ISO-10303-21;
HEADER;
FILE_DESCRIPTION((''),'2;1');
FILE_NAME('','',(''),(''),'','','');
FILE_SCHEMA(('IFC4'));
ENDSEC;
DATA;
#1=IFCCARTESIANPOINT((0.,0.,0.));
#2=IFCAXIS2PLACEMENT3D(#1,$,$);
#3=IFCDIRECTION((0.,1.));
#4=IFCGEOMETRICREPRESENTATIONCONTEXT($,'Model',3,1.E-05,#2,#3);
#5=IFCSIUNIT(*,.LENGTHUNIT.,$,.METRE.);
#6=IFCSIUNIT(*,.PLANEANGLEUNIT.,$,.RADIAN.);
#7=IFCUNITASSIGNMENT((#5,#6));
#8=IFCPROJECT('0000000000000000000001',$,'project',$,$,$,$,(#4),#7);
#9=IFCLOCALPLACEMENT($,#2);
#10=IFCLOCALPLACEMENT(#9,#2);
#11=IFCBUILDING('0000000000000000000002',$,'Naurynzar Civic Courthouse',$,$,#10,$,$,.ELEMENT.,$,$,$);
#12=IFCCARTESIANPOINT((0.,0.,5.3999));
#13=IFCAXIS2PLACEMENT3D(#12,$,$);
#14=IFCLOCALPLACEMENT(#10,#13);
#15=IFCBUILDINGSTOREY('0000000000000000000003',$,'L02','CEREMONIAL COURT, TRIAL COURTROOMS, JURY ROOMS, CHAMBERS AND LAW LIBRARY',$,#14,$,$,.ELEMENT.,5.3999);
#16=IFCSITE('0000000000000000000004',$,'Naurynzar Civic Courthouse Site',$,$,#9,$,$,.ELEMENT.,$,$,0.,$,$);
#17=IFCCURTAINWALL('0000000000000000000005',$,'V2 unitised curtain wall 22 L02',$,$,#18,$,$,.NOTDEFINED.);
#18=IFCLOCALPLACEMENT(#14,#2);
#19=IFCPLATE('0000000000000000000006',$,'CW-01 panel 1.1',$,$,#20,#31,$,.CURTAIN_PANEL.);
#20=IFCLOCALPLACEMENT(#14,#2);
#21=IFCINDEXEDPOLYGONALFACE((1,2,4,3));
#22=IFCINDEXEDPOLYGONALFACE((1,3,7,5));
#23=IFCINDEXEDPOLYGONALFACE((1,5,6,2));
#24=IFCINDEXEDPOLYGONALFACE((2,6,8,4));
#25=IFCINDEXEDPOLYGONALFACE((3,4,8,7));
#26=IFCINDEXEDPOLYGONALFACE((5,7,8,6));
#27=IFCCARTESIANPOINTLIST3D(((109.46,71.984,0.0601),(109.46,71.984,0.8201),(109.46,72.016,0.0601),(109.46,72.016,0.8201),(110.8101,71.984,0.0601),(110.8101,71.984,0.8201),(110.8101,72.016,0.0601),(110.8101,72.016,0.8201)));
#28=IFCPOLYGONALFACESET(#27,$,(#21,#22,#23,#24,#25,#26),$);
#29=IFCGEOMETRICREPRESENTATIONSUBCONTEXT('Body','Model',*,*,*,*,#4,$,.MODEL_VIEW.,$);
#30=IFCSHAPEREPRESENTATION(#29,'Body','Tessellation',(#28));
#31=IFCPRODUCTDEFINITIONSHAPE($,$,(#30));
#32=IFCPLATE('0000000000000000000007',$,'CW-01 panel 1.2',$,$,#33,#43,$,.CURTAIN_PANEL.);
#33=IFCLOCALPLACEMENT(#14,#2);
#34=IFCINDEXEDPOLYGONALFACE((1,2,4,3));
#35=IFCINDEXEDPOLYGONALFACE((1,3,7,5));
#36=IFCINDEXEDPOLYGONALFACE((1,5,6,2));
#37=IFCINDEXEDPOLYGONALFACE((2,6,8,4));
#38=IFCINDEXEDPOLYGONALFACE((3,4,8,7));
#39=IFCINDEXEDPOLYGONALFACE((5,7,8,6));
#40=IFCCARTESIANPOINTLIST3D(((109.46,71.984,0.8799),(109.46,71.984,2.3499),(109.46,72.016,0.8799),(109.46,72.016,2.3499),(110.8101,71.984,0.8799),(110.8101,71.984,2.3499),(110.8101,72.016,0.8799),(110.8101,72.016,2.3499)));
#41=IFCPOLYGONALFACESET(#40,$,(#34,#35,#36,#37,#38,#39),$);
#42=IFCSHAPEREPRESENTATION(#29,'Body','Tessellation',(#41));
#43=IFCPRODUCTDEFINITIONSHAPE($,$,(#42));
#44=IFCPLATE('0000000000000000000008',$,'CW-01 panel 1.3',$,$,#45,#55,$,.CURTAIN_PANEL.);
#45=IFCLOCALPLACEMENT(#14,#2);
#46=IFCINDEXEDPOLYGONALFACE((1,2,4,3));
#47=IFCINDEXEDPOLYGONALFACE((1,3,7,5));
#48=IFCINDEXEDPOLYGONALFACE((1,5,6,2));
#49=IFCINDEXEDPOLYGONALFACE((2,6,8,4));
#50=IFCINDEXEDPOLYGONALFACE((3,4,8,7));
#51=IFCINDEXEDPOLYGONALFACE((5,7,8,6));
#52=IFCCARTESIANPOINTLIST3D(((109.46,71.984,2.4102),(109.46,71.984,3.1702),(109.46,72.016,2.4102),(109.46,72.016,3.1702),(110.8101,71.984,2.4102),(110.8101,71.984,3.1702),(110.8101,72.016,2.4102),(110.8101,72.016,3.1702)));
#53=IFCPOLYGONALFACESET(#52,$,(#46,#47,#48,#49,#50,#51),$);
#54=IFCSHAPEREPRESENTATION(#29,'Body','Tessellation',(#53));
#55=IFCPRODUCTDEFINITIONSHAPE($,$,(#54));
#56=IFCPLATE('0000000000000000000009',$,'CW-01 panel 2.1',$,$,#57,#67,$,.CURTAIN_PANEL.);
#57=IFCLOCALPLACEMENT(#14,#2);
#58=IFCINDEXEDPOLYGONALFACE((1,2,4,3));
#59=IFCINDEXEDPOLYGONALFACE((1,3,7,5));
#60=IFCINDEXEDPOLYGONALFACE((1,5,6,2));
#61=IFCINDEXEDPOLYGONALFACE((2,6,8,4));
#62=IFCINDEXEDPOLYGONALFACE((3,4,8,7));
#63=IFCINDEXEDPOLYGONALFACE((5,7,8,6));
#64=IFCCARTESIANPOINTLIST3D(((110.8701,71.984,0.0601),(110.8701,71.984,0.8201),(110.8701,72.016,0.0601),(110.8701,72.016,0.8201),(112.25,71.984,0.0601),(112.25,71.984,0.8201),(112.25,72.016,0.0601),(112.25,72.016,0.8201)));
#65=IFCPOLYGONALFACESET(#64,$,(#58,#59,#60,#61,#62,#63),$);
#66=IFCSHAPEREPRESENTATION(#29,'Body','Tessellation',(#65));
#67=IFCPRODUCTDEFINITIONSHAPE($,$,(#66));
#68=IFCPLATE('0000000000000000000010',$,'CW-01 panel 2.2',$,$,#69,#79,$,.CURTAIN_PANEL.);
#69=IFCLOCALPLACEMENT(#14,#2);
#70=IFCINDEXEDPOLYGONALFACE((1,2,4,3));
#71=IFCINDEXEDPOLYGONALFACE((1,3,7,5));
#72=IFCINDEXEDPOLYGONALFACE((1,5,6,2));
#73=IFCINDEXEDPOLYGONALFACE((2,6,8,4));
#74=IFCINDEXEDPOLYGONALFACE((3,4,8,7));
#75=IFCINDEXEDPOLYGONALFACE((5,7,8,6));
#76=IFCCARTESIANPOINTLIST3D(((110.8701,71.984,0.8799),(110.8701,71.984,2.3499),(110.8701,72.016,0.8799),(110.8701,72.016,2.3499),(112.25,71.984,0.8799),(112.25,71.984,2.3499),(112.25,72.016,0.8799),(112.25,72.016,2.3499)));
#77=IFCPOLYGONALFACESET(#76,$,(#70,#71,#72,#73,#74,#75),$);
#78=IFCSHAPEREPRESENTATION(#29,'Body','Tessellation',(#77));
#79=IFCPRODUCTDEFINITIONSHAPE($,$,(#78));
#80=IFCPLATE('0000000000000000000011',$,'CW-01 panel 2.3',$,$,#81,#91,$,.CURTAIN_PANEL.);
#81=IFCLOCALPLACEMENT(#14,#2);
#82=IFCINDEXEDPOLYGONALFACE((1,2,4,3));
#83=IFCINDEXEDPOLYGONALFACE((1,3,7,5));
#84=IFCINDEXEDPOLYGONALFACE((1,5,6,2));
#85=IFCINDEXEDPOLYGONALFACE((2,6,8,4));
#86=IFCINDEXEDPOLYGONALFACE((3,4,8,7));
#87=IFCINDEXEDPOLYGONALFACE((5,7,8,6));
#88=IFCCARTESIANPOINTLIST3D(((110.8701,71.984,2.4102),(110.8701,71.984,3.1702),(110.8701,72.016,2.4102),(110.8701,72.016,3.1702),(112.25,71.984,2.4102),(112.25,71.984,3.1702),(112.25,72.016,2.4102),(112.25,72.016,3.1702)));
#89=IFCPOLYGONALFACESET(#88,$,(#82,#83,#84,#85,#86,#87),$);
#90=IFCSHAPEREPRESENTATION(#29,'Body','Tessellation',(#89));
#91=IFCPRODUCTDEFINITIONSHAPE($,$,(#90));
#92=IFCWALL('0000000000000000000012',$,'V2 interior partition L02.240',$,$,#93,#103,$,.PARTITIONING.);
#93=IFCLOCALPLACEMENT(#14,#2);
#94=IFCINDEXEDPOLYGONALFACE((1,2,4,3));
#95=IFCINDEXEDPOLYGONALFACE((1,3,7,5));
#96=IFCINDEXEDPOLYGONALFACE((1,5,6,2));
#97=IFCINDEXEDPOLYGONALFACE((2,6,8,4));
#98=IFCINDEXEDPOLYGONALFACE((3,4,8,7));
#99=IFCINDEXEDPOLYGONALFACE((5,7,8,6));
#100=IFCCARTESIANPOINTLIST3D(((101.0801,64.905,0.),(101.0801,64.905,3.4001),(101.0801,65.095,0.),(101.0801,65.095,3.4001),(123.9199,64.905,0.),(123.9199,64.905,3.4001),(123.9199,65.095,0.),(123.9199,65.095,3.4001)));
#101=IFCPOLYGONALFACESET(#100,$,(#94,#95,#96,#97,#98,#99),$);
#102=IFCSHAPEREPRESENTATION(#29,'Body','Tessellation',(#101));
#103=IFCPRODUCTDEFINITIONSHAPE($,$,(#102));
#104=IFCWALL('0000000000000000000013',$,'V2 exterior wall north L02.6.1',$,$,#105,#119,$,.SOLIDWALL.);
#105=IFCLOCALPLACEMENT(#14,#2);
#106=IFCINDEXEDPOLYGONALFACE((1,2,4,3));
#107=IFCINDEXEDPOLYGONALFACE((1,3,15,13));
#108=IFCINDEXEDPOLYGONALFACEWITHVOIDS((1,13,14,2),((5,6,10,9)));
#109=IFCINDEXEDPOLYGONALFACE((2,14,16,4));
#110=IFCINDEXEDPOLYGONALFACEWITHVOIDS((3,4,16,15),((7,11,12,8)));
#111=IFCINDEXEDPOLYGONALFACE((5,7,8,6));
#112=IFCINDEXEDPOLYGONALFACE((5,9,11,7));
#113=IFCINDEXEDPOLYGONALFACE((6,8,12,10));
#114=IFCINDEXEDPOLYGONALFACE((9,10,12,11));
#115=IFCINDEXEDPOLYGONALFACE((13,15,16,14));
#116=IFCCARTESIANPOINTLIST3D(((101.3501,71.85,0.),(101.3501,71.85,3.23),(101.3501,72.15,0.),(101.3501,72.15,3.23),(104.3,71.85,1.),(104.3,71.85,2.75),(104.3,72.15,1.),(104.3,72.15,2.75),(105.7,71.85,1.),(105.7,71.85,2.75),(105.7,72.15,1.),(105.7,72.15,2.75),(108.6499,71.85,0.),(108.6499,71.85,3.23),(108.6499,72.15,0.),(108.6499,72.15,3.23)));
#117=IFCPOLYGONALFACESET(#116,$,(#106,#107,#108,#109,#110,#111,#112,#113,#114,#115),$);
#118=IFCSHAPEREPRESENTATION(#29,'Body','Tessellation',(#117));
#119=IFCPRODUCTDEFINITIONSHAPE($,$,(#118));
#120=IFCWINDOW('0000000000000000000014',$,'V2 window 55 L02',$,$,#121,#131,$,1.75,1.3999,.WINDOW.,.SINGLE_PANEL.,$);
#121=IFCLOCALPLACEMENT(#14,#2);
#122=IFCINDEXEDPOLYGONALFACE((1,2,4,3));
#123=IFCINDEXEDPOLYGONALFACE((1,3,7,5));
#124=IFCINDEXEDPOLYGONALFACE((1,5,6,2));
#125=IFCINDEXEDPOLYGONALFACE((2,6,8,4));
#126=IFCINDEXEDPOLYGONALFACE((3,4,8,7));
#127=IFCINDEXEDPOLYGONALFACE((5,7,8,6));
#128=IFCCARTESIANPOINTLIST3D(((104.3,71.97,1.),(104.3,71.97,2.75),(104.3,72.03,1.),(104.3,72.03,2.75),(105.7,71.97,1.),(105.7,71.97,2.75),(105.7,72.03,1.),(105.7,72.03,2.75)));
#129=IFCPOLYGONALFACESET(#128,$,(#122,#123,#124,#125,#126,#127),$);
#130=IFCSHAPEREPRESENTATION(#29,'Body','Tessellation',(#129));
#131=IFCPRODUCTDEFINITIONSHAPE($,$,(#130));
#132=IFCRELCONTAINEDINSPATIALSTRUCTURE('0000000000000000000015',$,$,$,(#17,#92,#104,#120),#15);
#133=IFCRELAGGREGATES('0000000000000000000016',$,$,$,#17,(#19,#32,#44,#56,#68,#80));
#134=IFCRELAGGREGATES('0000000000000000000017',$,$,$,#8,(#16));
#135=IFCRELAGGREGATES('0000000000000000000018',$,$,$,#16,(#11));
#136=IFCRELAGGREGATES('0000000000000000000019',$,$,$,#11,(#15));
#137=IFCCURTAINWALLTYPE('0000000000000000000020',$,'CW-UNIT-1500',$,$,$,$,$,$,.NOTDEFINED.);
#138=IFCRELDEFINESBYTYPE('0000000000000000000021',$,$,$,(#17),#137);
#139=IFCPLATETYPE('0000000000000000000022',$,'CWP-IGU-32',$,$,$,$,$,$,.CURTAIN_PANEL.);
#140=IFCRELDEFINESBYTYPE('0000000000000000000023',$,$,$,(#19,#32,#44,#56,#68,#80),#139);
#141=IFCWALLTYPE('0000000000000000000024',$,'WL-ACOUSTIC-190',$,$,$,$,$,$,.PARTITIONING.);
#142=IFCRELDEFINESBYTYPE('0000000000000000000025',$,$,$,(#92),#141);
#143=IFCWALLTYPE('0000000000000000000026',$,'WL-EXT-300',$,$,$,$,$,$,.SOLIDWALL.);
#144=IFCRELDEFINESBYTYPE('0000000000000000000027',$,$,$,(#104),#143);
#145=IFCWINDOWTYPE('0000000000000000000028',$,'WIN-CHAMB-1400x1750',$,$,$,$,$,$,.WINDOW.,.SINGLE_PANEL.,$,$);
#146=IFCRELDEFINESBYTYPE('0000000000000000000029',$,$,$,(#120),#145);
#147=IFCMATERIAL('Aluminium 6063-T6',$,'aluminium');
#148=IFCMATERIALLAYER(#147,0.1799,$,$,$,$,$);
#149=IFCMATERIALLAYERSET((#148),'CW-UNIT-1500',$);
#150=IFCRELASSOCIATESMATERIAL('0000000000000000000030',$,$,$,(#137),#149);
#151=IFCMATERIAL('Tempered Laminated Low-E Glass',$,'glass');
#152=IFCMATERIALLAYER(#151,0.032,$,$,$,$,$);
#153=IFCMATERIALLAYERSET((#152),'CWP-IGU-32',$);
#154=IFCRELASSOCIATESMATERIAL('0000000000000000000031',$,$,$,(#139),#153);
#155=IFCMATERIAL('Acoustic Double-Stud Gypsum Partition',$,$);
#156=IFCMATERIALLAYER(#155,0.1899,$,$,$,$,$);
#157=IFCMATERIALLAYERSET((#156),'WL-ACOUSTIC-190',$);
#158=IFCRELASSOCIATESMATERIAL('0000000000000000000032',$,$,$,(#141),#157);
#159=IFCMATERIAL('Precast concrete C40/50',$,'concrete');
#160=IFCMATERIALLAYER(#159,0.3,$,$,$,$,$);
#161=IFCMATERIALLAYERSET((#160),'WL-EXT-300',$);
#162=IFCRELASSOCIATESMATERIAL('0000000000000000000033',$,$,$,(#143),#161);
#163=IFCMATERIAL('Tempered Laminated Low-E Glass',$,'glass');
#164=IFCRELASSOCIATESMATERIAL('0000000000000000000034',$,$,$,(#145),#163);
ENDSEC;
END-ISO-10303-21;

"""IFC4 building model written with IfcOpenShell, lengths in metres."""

from ifc_helpers import new_model, si_unit, direction, frame, frame_2d, origin, origin_2d, place, context, subcontext, project, spatial, rectangle, extrude, material, layer, layer_set, type_object, element, fill, aggregate, save


model = new_model("IFC4")

# Units and contexts
model_context = context("Model", 3, precision=1e-05, world=origin(), true_north=direction((0.0, 1.0)))
body_context = subcontext(model_context, "Body", "Model", "MODEL_VIEW")
ifc_project = project(units=[si_unit("LENGTHUNIT", "METRE"), si_unit("PLANEANGLEUNIT", "RADIAN")], contexts=[model_context])

# Site, building, storey
site_placement = place(None, origin())
site = spatial("IfcSite", under=ifc_project, at=site_placement, Name="Naurynzar Civic Courthouse Site", CompositionType="ELEMENT", RefElevation=0.0)
building_placement = place(site_placement, origin())
building = spatial("IfcBuilding", under=site, at=building_placement, Name="Naurynzar Civic Courthouse", CompositionType="ELEMENT")
storey_placement = place(building_placement, frame((0.0, 0.0, 5.3999)))
storey = spatial("IfcBuildingStorey", under=building, at=storey_placement, Name="L02", Description="CEREMONIAL COURT, TRIAL COURTROOMS, JURY ROOMS, CHAMBERS AND LAW LIBRARY", CompositionType="ELEMENT", Elevation=5.3999)

# Curtain wall, plates
ifc_material_1 = material(Name="Aluminium 6063-T6", Category="aluminium")
ifc_layer_1 = layer(ifc_material_1, 0.1799)
ifc_layer_set_1 = layer_set([ifc_layer_1], Name="CW-UNIT-1500")
curtain_wall_type = type_object("IfcCurtainWallType", Name="CW-UNIT-1500", PredefinedType="NOTDEFINED", material=ifc_layer_set_1)
curtain_wall_placement = place(storey_placement, origin())
curtain_wall = element("IfcCurtainWall", 1, at=curtain_wall_placement, inside=storey, type_object=curtain_wall_type, Name="V2 unitised curtain wall 22 L02", PredefinedType="NOTDEFINED")
ifc_material_2 = material(Name="Tempered Laminated Low-E Glass", Category="glass")
ifc_layer_2 = layer(ifc_material_2, 0.032)
ifc_layer_set_2 = layer_set([ifc_layer_2], Name="CWP-IGU-32")
plate_type = type_object("IfcPlateType", Name="CWP-IGU-32", PredefinedType="CURTAIN_PANEL", material=ifc_layer_set_2)
plate_1_placement = place(storey_placement, frame((110.135, 72.0, 0.0601), z_axis=(0.0, 0.0, 1.0), x_axis=(1.0, 0.0, 0.0)))
plate_1 = element("IfcPlate", 2, at=plate_1_placement, type_object=plate_type, Name="CW-01 panel 1.1", PredefinedType="CURTAIN_PANEL", context=body_context, shape_type="SweptSolid", body=[
    extrude(rectangle(XDim=1.3501, YDim=0.032, at=origin_2d()), origin(), (0.0, 0.0, 1.0), 0.76),
])
plate_2_placement = place(storey_placement, frame((110.135, 72.0, 0.8799), z_axis=(0.0, 0.0, 1.0), x_axis=(1.0, 0.0, 0.0)))
plate_2 = element("IfcPlate", 3, at=plate_2_placement, type_object=plate_type, Name="CW-01 panel 1.2", PredefinedType="CURTAIN_PANEL", context=body_context, shape_type="SweptSolid", body=[
    extrude(rectangle(XDim=1.3501, YDim=0.032, at=origin_2d()), origin(), (0.0, 0.0, 1.0), 1.47),
])
plate_3_placement = place(storey_placement, frame((110.135, 72.0, 2.4102), z_axis=(0.0, 0.0, 1.0), x_axis=(1.0, 0.0, 0.0)))
plate_3 = element("IfcPlate", 4, at=plate_3_placement, type_object=plate_type, Name="CW-01 panel 1.3", PredefinedType="CURTAIN_PANEL", context=body_context, shape_type="SweptSolid", body=[
    extrude(rectangle(XDim=1.3501, YDim=0.032, at=origin_2d()), origin(), (0.0, 0.0, 1.0), 0.76),
])
plate_4_placement = place(storey_placement, frame((111.5601, 72.0, 0.0601), z_axis=(0.0, 0.0, 1.0), x_axis=(1.0, 0.0, 0.0)))
plate_4 = element("IfcPlate", 5, at=plate_4_placement, type_object=plate_type, Name="CW-01 panel 2.1", PredefinedType="CURTAIN_PANEL", context=body_context, shape_type="SweptSolid", body=[
    extrude(rectangle(XDim=1.3799, YDim=0.032, at=origin_2d()), origin(), (0.0, 0.0, 1.0), 0.76),
])
plate_5_placement = place(storey_placement, frame((111.5601, 72.0, 0.8799), z_axis=(0.0, 0.0, 1.0), x_axis=(1.0, 0.0, 0.0)))
plate_5 = element("IfcPlate", 6, at=plate_5_placement, type_object=plate_type, Name="CW-01 panel 2.2", PredefinedType="CURTAIN_PANEL", context=body_context, shape_type="SweptSolid", body=[
    extrude(rectangle(XDim=1.3799, YDim=0.032, at=origin_2d()), origin(), (0.0, 0.0, 1.0), 1.47),
])
plate_6_placement = place(storey_placement, frame((111.5601, 72.0, 2.4102), z_axis=(0.0, 0.0, 1.0), x_axis=(1.0, 0.0, 0.0)))
plate_6 = element("IfcPlate", 7, at=plate_6_placement, type_object=plate_type, Name="CW-01 panel 2.3", PredefinedType="CURTAIN_PANEL", context=body_context, shape_type="SweptSolid", body=[
    extrude(rectangle(XDim=1.3799, YDim=0.032, at=origin_2d()), origin(), (0.0, 0.0, 1.0), 0.76),
])
aggregate(curtain_wall, [plate_1, plate_2, plate_3, plate_4, plate_5, plate_6])

# Wall
ifc_material_3 = material(Name="Acoustic Double-Stud Gypsum Partition")
ifc_layer_3 = layer(ifc_material_3, 0.1899)
ifc_layer_set_3 = layer_set([ifc_layer_3], Name="WL-ACOUSTIC-190")
wall_type_1 = type_object("IfcWallType", Name="WL-ACOUSTIC-190", PredefinedType="PARTITIONING", material=ifc_layer_set_3)
wall_1_placement = place(storey_placement, frame((101.0801, 65.0, 0.0), z_axis=(0.0, 0.0, 1.0), x_axis=(1.0, 0.0, 0.0)))
element("IfcWall", 8, at=wall_1_placement, inside=storey, type_object=wall_type_1, Name="V2 interior partition L02.240", PredefinedType="PARTITIONING", context=body_context, shape_type="SweptSolid", body=[
    extrude(rectangle(XDim=22.8398, YDim=0.1899, at=frame_2d((11.4199, 0.0))), origin(), (0.0, 0.0, 1.0), 3.4001),
])

# Wall, opening, window
ifc_material_4 = material(Name="Precast concrete C40/50", Category="concrete")
ifc_layer_4 = layer(ifc_material_4, 0.3)
ifc_layer_set_4 = layer_set([ifc_layer_4], Name="WL-EXT-300")
wall_type_2 = type_object("IfcWallType", Name="WL-EXT-300", PredefinedType="SOLIDWALL", material=ifc_layer_set_4)
wall_2_placement = place(storey_placement, frame((101.3501, 72.0, 0.0), z_axis=(0.0, 0.0, 1.0), x_axis=(1.0, 0.0, 0.0)))
wall_2 = element("IfcWall", 9, at=wall_2_placement, inside=storey, type_object=wall_type_2, Name="V2 exterior wall north L02.6.1", PredefinedType="SOLIDWALL", context=body_context, shape_type="SweptSolid", body=[
    extrude(rectangle(XDim=7.2998, YDim=0.3, at=frame_2d((3.6499, 0.0))), origin(), (0.0, 0.0, 1.0), 3.23),
])
opening_placement = place(wall_2_placement, frame((2.95, 0.0, 1.0)))
opening = element("IfcOpeningElement", 10, at=opening_placement, cuts=wall_2, PredefinedType="OPENING", context=body_context, shape_type="SweptSolid", body=[
    extrude(rectangle(XDim=1.3999, YDim=1.75, at=frame_2d((0.7, 0.875))), frame((0.0, 0.1599, 0.0), z_axis=(0.0, -1.0, 0.0), x_axis=(1.0, 0.0, 0.0)), (0.0, 0.0, 1.0), 0.3201),
])
ifc_material_5 = material(Name="Tempered Laminated Low-E Glass", Category="glass")
window_type = type_object("IfcWindowType", Name="WIN-CHAMB-1400x1750", PartitioningType="SINGLE_PANEL", PredefinedType="WINDOW", material=ifc_material_5)
window_placement = place(opening_placement, origin())
window = element("IfcWindow", 11, at=window_placement, inside=storey, type_object=window_type, Name="V2 window 55 L02", OverallHeight=1.75, OverallWidth=1.3999, PartitioningType="SINGLE_PANEL", PredefinedType="WINDOW", context=body_context, shape_type="SweptSolid", body=[
    extrude(rectangle(XDim=1.3999, YDim=1.75, at=frame_2d((0.7, 0.875))), frame((0.0, 0.03, 0.0), z_axis=(0.0, -1.0, 0.0), x_axis=(1.0, 0.0, 0.0)), (0.0, 0.0, 1.0), 0.0601),
])
fill(opening, window)

save(model, "model.ifc")
